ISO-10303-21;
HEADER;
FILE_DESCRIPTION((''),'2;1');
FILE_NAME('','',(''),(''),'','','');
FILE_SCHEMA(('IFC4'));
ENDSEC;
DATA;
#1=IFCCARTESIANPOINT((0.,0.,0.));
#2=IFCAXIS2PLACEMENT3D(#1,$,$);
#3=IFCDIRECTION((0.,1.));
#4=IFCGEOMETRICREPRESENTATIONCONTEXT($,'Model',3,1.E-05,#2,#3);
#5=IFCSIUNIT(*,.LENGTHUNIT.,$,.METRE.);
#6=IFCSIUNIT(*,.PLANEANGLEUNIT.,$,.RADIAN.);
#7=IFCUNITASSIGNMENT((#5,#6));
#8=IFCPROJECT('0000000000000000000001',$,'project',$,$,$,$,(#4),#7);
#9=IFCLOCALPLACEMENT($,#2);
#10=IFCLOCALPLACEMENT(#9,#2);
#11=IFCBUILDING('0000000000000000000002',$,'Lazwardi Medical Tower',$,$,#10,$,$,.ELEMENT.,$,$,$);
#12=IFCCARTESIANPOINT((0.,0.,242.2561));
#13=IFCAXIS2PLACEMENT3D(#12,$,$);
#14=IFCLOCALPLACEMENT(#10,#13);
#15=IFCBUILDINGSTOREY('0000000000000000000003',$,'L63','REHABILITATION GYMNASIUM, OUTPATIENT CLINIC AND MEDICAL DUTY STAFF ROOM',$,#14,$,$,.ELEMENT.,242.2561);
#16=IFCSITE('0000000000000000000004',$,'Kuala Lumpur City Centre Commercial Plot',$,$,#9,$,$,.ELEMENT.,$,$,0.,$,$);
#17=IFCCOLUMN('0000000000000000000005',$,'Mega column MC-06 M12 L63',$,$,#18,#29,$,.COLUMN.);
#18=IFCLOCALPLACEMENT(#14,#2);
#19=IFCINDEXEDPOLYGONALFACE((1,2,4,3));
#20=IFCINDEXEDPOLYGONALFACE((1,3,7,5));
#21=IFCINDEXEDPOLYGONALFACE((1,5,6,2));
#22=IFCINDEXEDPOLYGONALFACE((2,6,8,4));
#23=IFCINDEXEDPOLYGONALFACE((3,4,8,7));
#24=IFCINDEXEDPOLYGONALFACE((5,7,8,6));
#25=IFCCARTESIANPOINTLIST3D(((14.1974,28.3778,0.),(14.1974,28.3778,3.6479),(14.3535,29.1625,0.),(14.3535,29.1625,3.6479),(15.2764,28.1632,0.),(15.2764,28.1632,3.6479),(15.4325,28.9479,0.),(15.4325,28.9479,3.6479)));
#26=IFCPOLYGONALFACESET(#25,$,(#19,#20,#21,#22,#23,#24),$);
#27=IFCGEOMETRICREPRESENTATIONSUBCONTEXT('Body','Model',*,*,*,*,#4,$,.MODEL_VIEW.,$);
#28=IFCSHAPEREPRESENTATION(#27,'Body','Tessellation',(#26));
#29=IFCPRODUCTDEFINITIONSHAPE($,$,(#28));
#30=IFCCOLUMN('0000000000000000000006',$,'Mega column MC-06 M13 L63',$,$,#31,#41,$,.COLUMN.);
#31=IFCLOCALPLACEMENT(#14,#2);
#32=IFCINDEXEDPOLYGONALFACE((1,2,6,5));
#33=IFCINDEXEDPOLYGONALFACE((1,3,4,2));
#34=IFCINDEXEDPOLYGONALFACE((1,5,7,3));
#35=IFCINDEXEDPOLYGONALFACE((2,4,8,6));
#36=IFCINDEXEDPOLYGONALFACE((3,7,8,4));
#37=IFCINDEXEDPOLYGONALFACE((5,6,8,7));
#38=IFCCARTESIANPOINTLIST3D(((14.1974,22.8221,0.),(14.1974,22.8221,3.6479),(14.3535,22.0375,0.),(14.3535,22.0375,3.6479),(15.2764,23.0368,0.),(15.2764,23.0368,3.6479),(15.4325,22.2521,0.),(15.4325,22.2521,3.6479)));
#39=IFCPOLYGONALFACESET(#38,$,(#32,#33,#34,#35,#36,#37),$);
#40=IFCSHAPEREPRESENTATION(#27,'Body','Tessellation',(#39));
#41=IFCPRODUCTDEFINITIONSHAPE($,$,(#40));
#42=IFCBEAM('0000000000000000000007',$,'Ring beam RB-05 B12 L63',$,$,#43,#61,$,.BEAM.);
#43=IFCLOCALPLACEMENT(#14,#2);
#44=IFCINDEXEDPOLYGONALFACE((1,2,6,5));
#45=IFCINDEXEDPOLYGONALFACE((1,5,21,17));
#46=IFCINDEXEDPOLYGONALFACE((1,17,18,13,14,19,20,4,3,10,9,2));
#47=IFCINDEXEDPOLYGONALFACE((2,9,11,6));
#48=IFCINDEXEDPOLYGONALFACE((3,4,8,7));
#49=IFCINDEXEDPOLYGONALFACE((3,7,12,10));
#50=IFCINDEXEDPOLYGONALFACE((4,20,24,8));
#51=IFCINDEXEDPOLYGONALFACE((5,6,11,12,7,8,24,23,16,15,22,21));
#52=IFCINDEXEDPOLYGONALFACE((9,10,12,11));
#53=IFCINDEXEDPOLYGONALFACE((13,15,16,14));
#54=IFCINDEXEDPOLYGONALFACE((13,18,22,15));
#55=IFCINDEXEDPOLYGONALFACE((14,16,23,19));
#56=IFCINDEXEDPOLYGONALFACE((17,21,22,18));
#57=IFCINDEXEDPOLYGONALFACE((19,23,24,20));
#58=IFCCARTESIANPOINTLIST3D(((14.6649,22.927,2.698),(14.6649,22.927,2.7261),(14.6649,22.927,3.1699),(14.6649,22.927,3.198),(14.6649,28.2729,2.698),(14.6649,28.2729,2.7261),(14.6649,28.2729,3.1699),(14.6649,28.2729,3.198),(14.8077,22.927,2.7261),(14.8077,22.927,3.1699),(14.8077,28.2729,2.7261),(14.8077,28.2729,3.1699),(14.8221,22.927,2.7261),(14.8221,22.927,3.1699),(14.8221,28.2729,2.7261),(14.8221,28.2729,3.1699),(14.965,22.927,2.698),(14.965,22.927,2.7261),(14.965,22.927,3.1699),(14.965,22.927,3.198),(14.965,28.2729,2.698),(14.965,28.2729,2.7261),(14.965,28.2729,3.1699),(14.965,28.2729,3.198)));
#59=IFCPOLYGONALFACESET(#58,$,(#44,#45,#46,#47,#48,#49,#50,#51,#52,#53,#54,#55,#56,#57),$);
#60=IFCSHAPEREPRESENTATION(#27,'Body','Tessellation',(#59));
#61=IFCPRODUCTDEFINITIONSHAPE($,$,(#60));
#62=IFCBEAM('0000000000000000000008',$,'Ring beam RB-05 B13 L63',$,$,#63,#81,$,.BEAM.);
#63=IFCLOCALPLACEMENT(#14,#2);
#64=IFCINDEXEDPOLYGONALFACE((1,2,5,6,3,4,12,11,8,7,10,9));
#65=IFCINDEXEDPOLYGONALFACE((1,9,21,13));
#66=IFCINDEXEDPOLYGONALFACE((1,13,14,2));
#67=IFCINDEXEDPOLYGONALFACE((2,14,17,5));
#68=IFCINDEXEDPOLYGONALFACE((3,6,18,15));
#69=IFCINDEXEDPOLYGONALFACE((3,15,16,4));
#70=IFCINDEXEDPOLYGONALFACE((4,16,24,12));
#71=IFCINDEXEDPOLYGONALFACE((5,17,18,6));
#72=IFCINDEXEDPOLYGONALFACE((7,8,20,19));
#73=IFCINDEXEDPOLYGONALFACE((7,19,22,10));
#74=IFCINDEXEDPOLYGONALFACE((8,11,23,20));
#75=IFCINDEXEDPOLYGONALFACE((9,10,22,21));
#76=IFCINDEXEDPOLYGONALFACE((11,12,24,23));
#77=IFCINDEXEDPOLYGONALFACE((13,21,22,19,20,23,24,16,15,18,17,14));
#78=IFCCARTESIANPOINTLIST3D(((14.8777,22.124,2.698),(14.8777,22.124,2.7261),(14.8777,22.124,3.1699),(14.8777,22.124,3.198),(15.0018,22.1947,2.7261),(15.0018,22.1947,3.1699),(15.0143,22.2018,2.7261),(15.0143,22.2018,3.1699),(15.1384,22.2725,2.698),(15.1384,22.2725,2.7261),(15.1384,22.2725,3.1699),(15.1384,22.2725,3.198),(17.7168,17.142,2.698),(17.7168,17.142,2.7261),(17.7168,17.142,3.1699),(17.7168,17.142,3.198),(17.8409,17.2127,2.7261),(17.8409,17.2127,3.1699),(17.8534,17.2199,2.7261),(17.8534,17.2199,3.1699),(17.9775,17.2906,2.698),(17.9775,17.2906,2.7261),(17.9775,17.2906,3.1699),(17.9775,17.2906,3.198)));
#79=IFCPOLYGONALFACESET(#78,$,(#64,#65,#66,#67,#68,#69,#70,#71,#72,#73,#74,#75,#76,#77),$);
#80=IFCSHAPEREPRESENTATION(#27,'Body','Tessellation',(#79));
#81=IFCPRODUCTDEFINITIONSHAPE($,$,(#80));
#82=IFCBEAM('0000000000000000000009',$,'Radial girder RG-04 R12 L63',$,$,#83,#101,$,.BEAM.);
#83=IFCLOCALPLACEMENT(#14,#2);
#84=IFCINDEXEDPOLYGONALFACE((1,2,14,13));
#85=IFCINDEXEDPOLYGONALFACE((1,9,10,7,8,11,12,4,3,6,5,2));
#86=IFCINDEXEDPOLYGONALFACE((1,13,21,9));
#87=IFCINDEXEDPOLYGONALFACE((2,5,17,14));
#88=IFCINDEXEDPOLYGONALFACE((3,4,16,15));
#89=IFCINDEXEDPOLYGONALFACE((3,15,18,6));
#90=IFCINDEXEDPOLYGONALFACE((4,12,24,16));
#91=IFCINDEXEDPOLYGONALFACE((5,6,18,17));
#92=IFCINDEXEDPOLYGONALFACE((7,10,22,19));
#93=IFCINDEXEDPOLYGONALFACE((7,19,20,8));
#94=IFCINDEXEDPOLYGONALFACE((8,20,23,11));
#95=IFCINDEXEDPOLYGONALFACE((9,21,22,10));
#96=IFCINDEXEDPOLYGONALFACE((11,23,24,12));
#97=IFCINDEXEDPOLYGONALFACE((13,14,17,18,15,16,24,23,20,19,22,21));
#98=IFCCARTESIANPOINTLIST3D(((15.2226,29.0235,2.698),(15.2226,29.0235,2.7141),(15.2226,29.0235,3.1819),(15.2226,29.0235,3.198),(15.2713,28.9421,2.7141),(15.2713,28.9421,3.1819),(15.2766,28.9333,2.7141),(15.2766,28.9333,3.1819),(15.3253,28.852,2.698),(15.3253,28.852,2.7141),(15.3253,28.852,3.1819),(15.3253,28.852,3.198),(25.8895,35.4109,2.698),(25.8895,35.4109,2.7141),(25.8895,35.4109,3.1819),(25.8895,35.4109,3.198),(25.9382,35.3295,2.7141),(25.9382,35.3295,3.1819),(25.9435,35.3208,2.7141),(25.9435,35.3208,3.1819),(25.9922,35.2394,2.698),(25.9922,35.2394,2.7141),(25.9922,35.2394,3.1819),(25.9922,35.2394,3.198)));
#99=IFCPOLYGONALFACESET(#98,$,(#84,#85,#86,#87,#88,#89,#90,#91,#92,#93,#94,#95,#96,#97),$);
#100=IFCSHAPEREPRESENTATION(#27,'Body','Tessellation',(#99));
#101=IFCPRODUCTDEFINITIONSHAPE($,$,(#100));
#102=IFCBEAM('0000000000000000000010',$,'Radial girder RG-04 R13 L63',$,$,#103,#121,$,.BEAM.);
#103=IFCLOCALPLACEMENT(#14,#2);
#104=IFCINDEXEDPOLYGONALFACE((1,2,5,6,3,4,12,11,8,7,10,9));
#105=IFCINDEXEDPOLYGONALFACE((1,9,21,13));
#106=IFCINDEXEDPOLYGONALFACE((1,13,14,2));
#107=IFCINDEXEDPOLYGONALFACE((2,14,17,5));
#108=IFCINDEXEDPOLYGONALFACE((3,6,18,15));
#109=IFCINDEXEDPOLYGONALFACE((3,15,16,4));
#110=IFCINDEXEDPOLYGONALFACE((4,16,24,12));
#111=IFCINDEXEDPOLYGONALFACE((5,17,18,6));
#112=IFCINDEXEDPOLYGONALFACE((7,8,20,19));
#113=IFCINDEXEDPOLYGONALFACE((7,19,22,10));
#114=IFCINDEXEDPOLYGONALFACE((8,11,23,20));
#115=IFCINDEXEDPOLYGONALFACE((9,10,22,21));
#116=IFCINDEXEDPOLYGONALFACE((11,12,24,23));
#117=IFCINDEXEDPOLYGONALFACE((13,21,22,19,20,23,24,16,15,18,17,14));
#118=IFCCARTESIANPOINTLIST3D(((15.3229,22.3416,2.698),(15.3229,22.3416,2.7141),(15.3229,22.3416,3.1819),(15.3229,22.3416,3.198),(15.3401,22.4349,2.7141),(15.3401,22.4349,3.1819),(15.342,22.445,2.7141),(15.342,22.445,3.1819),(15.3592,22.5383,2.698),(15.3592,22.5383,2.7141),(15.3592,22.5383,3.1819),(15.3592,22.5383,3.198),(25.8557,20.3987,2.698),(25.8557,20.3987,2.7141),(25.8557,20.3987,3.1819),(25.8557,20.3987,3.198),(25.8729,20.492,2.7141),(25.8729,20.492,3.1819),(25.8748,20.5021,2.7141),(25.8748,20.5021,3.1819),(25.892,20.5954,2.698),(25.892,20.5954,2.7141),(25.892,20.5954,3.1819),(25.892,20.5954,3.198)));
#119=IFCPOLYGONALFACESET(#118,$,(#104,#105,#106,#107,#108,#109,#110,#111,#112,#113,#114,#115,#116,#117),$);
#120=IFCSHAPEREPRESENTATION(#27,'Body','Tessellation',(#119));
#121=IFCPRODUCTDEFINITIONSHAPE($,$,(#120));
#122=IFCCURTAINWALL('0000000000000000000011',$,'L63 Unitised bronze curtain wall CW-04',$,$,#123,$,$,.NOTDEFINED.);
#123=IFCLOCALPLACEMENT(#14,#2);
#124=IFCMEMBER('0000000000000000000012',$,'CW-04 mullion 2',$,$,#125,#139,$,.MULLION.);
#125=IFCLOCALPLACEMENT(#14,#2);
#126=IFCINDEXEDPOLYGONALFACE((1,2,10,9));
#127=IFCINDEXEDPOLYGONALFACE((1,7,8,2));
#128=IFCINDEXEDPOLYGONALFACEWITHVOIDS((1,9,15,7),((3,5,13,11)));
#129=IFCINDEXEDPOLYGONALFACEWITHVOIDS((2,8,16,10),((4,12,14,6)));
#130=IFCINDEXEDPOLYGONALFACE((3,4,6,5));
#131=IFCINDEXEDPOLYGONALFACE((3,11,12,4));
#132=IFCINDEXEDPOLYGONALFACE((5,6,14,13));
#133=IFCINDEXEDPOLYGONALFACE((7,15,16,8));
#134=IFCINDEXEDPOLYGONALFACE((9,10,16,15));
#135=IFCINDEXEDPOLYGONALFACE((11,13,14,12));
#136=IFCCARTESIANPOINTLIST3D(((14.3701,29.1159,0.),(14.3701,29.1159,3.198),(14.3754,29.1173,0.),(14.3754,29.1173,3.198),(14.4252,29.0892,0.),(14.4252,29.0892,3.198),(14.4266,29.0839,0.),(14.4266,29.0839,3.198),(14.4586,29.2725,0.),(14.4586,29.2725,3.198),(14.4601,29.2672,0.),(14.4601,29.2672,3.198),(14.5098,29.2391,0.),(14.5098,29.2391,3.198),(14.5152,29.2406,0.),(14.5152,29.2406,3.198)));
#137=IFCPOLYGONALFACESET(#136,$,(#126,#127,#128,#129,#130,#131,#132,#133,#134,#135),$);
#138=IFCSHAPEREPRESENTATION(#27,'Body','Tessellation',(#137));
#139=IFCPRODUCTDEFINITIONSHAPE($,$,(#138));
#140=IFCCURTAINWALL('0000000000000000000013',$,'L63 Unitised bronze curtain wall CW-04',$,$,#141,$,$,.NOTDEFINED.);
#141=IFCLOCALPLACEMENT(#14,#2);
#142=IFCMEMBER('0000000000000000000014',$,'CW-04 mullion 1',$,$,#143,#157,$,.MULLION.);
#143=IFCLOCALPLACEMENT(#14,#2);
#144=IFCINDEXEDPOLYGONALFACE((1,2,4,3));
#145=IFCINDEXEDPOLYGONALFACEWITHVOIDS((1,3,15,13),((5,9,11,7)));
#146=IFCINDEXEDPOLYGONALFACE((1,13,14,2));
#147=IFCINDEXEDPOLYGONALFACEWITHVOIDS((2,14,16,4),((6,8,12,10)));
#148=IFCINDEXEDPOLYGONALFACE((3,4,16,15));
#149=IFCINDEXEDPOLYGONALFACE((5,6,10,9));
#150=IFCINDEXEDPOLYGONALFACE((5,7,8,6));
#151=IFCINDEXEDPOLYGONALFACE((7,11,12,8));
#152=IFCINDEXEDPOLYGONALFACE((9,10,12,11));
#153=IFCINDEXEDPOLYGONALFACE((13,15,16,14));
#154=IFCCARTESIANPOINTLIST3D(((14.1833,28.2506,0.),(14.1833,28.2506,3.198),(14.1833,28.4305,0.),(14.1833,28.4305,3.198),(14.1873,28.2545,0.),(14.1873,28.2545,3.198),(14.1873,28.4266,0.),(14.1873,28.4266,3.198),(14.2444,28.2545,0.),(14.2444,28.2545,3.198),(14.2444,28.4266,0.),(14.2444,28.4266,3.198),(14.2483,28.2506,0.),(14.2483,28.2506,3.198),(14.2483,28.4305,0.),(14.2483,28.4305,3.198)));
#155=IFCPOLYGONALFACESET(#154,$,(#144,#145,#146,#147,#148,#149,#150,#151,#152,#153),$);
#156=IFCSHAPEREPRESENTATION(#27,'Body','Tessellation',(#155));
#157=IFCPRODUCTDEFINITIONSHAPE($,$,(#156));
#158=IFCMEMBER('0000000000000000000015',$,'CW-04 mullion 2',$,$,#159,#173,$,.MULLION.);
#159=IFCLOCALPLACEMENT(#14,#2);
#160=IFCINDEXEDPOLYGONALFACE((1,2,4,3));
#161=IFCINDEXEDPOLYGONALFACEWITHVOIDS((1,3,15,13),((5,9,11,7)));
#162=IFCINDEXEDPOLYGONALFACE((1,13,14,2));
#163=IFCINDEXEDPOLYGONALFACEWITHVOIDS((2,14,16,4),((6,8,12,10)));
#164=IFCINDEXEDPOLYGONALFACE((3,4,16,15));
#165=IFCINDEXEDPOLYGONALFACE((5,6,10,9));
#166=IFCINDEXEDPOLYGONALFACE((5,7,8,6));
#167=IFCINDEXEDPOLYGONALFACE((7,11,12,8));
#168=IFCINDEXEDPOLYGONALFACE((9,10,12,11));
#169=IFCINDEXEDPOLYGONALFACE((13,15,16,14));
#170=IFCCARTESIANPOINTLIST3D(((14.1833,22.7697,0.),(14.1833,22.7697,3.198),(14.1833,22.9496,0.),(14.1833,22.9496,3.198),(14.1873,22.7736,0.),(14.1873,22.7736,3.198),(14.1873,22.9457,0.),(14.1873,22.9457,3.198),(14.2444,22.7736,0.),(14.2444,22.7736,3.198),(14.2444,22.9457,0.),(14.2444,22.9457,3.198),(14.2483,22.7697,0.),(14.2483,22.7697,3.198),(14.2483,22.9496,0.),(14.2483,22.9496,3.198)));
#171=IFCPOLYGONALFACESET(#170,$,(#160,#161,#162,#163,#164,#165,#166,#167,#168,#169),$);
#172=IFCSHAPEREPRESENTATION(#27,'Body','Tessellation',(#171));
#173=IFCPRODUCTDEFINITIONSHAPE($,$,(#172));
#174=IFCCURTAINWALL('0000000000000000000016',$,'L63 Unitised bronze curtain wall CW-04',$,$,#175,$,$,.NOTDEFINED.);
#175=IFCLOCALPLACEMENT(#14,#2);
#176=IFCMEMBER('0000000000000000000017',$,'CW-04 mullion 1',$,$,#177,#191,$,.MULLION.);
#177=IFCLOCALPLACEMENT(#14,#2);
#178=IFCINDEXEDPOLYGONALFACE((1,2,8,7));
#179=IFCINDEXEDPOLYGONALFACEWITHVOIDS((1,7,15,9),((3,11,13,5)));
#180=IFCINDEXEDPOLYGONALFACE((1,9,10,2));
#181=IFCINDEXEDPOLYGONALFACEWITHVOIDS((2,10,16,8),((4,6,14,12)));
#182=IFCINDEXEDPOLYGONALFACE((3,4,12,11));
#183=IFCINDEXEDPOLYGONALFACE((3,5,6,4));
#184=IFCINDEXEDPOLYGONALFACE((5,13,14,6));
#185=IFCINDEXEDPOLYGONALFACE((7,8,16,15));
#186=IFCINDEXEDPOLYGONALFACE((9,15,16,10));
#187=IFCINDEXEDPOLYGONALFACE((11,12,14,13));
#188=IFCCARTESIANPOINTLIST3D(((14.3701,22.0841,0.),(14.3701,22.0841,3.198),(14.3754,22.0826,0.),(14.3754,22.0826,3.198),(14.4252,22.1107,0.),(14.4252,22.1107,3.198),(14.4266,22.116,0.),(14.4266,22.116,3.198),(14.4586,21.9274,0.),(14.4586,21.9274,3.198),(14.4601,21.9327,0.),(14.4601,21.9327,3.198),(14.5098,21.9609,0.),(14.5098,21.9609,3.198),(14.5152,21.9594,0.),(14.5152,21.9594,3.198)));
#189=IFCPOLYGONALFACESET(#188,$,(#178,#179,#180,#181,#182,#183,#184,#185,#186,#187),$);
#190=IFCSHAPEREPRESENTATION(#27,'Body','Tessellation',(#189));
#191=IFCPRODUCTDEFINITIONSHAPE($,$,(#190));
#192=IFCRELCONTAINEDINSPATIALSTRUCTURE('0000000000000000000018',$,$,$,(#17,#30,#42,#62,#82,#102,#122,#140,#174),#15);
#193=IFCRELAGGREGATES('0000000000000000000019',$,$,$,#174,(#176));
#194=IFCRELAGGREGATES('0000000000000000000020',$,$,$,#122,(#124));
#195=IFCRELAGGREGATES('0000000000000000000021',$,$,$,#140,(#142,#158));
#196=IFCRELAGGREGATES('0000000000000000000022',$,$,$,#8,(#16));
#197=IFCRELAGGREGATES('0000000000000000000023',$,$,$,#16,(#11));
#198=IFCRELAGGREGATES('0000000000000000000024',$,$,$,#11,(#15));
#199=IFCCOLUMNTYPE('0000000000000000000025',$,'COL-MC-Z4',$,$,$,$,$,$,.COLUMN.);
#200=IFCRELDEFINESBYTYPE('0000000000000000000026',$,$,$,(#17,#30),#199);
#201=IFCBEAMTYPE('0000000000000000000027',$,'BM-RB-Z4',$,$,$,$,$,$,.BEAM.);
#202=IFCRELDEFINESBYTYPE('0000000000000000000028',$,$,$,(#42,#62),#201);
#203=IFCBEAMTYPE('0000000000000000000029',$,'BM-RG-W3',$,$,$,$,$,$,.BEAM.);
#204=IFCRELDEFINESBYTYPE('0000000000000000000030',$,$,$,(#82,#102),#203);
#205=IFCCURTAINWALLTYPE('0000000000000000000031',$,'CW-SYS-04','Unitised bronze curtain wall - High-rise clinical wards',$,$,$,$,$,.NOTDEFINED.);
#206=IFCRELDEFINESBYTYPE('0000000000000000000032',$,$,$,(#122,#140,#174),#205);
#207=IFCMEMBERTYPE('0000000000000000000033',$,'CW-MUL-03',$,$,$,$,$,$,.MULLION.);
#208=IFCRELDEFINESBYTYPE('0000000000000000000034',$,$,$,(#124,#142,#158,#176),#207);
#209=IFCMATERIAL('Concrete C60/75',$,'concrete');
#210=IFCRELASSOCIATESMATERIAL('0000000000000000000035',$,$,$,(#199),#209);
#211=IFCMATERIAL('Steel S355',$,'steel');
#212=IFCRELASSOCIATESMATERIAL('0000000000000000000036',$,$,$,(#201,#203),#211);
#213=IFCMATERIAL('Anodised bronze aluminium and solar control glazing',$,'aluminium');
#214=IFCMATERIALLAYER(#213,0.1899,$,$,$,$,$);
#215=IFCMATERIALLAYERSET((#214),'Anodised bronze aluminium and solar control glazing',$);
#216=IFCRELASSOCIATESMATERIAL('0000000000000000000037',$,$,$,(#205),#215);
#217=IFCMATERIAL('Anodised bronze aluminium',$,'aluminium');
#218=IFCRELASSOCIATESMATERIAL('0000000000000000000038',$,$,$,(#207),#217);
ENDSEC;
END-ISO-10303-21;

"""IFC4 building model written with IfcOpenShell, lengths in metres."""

from ifc_helpers import new_model, si_unit, direction, frame, origin, origin_2d, place, context, subcontext, project, spatial, rectangle, hollow_rectangle, i_section, extrude, material, layer, layer_set, material_profile, profile_set, type_object, element, aggregate, save


model = new_model("IFC4")

# Units and contexts
model_context = context("Model", 3, precision=1e-05, world=origin(), true_north=direction((0.0, 1.0)))
body_context = subcontext(model_context, "Body", "Model", "MODEL_VIEW")
ifc_project = project(units=[si_unit("LENGTHUNIT", "METRE"), si_unit("PLANEANGLEUNIT", "RADIAN")], contexts=[model_context])

# Site, building, storey
site_placement = place(None, origin())
site = spatial("IfcSite", under=ifc_project, at=site_placement, Name="Kuala Lumpur City Centre Commercial Plot", CompositionType="ELEMENT", RefElevation=0.0)
building_placement = place(site_placement, origin())
building = spatial("IfcBuilding", under=site, at=building_placement, Name="Lazwardi Medical Tower", CompositionType="ELEMENT")
storey_placement = place(building_placement, frame((0.0, 0.0, 242.2561)))
storey = spatial("IfcBuildingStorey", under=building, at=storey_placement, Name="L63", Description="REHABILITATION GYMNASIUM, OUTPATIENT CLINIC AND MEDICAL DUTY STAFF ROOM", CompositionType="ELEMENT", Elevation=242.2561)

# Columns
ifc_material_1 = material(Name="Concrete C60/75", Category="concrete")
ifc_material_profile_1 = material_profile(ifc_material_1, rectangle(XDim=1.1001, YDim=0.8, at=origin_2d()), Name="CFT-RECT 1100x800")
ifc_profile_set_1 = profile_set([ifc_material_profile_1], Name="Concrete C60/75")
column_type = type_object("IfcColumnType", Name="COL-MC-Z4", PredefinedType="COLUMN", material=ifc_profile_set_1)
for number, where, z_axis, x_axis, name in (
    (1, (14.8149, 28.6628, 0.0), (0.0, 0.0, 1.0), (-0.980785, 0.19509, 0.0), "Mega column MC-06 M12 L63"),
    (2, (14.8149, 22.5371, 0.0), (0.0, 0.0, 1.0), (-0.980785, -0.19509, 0.0), "Mega column MC-06 M13 L63"),
):
    element("IfcColumn", number, at=place(storey_placement, frame(where, z_axis=z_axis, x_axis=x_axis)), inside=storey, type_object=column_type, Name=name, PredefinedType="COLUMN", context=body_context, shape_type="SweptSolid", body=[
        extrude(rectangle(XDim=1.1001, YDim=0.8, at=origin_2d()), origin(), (0.0, 0.0, 1.0), 3.6479),
    ])

# Beams
ifc_material_2 = material(Name="Steel S355", Category="steel")
ifc_material_profile_2 = material_profile(ifc_material_2, i_section(OverallWidth=0.3, OverallDepth=0.5, WebThickness=0.0144, FlangeThickness=0.0281, at=origin_2d()), Name="HEB 500")
ifc_profile_set_2 = profile_set([ifc_material_profile_2], Name="Steel S355")
beam_type_1 = type_object("IfcBeamType", Name="BM-RB-Z4", PredefinedType="BEAM", material=ifc_profile_set_2)
beam_1_placement = place(storey_placement, frame((14.8149, 28.2729, 2.948), z_axis=(0.0, -1.0, 0.0), x_axis=(1.0, 0.0, 0.0)))
element("IfcBeam", 3, at=beam_1_placement, inside=storey, type_object=beam_type_1, Name="Ring beam RB-05 B12 L63", PredefinedType="BEAM", context=body_context, shape_type="SweptSolid", body=[
    extrude(i_section(OverallWidth=0.3, OverallDepth=0.5, WebThickness=0.0144, FlangeThickness=0.0281, at=origin_2d()), origin(), (0.0, 0.0, 1.0), 5.3459),
])
beam_2_placement = place(storey_placement, frame((15.0081, 22.1982, 2.948), z_axis=(0.495125, -0.868822, 0.0), x_axis=(0.868822, 0.495125, 0.0)))
element("IfcBeam", 4, at=beam_2_placement, inside=storey, type_object=beam_type_1, Name="Ring beam RB-05 B13 L63", PredefinedType="BEAM", context=body_context, shape_type="SweptSolid", body=[
    extrude(i_section(OverallWidth=0.3, OverallDepth=0.5, WebThickness=0.0144, FlangeThickness=0.0281, at=origin_2d()), origin(), (0.0, 0.0, 1.0), 5.7341),
])
ifc_material_profile_3 = material_profile(ifc_material_2, i_section(OverallWidth=0.2, OverallDepth=0.5, WebThickness=0.0103, FlangeThickness=0.0161, at=origin_2d()), Name="IPE 500")
ifc_profile_set_3 = profile_set([ifc_material_profile_3], Name="Steel S355")
beam_type_2 = type_object("IfcBeamType", Name="BM-RG-W3", PredefinedType="BEAM", material=ifc_profile_set_3)
beam_3_placement = place(storey_placement, frame((15.2739, 28.9377, 2.948), z_axis=(0.857945, 0.513742, 0.0), x_axis=(-0.513742, 0.857945, 0.0)))
element("IfcBeam", 5, at=beam_3_placement, inside=storey, type_object=beam_type_2, Name="Radial girder RG-04 R12 L63", PredefinedType="BEAM", context=body_context, shape_type="SweptSolid", body=[
    extrude(i_section(OverallWidth=0.2, OverallDepth=0.5, WebThickness=0.0103, FlangeThickness=0.0161, at=origin_2d()), origin(), (0.0, 0.0, 1.0), 12.4331),
])
beam_4_placement = place(storey_placement, frame((15.3411, 22.4399, 2.948), z_axis=(0.983409, -0.1814, 0.0), x_axis=(0.1814, 0.983409, 0.0)))
element("IfcBeam", 6, at=beam_4_placement, inside=storey, type_object=beam_type_2, Name="Radial girder RG-04 R13 L63", PredefinedType="BEAM", context=body_context, shape_type="SweptSolid", body=[
    extrude(i_section(OverallWidth=0.2, OverallDepth=0.5, WebThickness=0.0103, FlangeThickness=0.0161, at=origin_2d()), origin(), (0.0, 0.0, 1.0), 10.7104),
])

# Curtain wall, member
ifc_material_3 = material(Name="Anodised bronze aluminium and solar control glazing", Category="aluminium")
ifc_layer_1 = layer(ifc_material_3, 0.1899)
ifc_layer_set_1 = layer_set([ifc_layer_1], Name="Anodised bronze aluminium and solar control glazing")
curtain_wall_type = type_object("IfcCurtainWallType", Name="CW-SYS-04", Description="Unitised bronze curtain wall - High-rise clinical wards", PredefinedType="NOTDEFINED", material=ifc_layer_set_1)
curtain_wall_1_placement = place(storey_placement, origin())
curtain_wall_1 = element("IfcCurtainWall", 7, at=curtain_wall_1_placement, inside=storey, type_object=curtain_wall_type, Name="L63 Unitised bronze curtain wall CW-04", PredefinedType="NOTDEFINED")
ifc_material_4 = material(Name="Anodised bronze aluminium", Category="aluminium")
ifc_material_profile_4 = material_profile(ifc_material_4, hollow_rectangle(XDim=0.0649, YDim=0.1799, WallThickness=0.0039, at=origin_2d()), Name="ALU-MULLION 180x65x4")
ifc_profile_set_4 = profile_set([ifc_material_profile_4], Name="Anodised bronze aluminium")
member_type_1 = type_object("IfcMemberType", Name="CW-MUL-03", PredefinedType="MULLION", material=ifc_profile_set_4)
member_1_placement = place(storey_placement, frame((14.4426, 29.1782, 0.0), z_axis=(0.0, 0.0, 1.0), x_axis=(0.870651, -0.4919, 0.0)))
member_1 = element("IfcMember", 8, at=member_1_placement, type_object=member_type_1, Name="CW-04 mullion 2", PredefinedType="MULLION", context=body_context, shape_type="SweptSolid", body=[
    extrude(hollow_rectangle(XDim=0.0649, YDim=0.1799, WallThickness=0.0039, at=origin_2d()), origin(), (0.0, 0.0, 1.0), 3.198),
])

# Curtain wall, members
curtain_wall_2_placement = place(storey_placement, origin())
curtain_wall_2 = element("IfcCurtainWall", 9, at=curtain_wall_2_placement, inside=storey, type_object=curtain_wall_type, Name="L63 Unitised bronze curtain wall CW-04", PredefinedType="NOTDEFINED")
member_2_placement = place(storey_placement, frame((14.2158, 28.3406, 0.0), z_axis=(0.0, 0.0, 1.0), x_axis=(1.0, 0.0, 0.0)))
member_2 = element("IfcMember", 10, at=member_2_placement, type_object=member_type_1, Name="CW-04 mullion 1", PredefinedType="MULLION", context=body_context, shape_type="SweptSolid", body=[
    extrude(hollow_rectangle(XDim=0.0649, YDim=0.1799, WallThickness=0.0039, at=origin_2d()), origin(), (0.0, 0.0, 1.0), 3.198),
])
member_3_placement = place(storey_placement, frame((14.2158, 22.8596, 0.0), z_axis=(0.0, 0.0, 1.0), x_axis=(1.0, 0.0, 0.0)))
member_3 = element("IfcMember", 11, at=member_3_placement, type_object=member_type_1, Name="CW-04 mullion 2", PredefinedType="MULLION", context=body_context, shape_type="SweptSolid", body=[
    extrude(hollow_rectangle(XDim=0.0649, YDim=0.1799, WallThickness=0.0039, at=origin_2d()), origin(), (0.0, 0.0, 1.0), 3.198),
])

# Curtain wall, member
curtain_wall_3_placement = place(storey_placement, origin())
curtain_wall_3 = element("IfcCurtainWall", 12, at=curtain_wall_3_placement, inside=storey, type_object=curtain_wall_type, Name="L63 Unitised bronze curtain wall CW-04", PredefinedType="NOTDEFINED")
member_4_placement = place(storey_placement, frame((14.4426, 22.0217, 0.0), z_axis=(0.0, 0.0, 1.0), x_axis=(0.870651, 0.4919, 0.0)))
member_4 = element("IfcMember", 13, at=member_4_placement, type_object=member_type_1, Name="CW-04 mullion 1", PredefinedType="MULLION", context=body_context, shape_type="SweptSolid", body=[
    extrude(hollow_rectangle(XDim=0.0649, YDim=0.1799, WallThickness=0.0039, at=origin_2d()), origin(), (0.0, 0.0, 1.0), 3.198),
])

aggregate(curtain_wall_3, [member_4])

aggregate(curtain_wall_1, [member_1])
aggregate(curtain_wall_2, [member_2, member_3])

save(model, "model.ifc")
